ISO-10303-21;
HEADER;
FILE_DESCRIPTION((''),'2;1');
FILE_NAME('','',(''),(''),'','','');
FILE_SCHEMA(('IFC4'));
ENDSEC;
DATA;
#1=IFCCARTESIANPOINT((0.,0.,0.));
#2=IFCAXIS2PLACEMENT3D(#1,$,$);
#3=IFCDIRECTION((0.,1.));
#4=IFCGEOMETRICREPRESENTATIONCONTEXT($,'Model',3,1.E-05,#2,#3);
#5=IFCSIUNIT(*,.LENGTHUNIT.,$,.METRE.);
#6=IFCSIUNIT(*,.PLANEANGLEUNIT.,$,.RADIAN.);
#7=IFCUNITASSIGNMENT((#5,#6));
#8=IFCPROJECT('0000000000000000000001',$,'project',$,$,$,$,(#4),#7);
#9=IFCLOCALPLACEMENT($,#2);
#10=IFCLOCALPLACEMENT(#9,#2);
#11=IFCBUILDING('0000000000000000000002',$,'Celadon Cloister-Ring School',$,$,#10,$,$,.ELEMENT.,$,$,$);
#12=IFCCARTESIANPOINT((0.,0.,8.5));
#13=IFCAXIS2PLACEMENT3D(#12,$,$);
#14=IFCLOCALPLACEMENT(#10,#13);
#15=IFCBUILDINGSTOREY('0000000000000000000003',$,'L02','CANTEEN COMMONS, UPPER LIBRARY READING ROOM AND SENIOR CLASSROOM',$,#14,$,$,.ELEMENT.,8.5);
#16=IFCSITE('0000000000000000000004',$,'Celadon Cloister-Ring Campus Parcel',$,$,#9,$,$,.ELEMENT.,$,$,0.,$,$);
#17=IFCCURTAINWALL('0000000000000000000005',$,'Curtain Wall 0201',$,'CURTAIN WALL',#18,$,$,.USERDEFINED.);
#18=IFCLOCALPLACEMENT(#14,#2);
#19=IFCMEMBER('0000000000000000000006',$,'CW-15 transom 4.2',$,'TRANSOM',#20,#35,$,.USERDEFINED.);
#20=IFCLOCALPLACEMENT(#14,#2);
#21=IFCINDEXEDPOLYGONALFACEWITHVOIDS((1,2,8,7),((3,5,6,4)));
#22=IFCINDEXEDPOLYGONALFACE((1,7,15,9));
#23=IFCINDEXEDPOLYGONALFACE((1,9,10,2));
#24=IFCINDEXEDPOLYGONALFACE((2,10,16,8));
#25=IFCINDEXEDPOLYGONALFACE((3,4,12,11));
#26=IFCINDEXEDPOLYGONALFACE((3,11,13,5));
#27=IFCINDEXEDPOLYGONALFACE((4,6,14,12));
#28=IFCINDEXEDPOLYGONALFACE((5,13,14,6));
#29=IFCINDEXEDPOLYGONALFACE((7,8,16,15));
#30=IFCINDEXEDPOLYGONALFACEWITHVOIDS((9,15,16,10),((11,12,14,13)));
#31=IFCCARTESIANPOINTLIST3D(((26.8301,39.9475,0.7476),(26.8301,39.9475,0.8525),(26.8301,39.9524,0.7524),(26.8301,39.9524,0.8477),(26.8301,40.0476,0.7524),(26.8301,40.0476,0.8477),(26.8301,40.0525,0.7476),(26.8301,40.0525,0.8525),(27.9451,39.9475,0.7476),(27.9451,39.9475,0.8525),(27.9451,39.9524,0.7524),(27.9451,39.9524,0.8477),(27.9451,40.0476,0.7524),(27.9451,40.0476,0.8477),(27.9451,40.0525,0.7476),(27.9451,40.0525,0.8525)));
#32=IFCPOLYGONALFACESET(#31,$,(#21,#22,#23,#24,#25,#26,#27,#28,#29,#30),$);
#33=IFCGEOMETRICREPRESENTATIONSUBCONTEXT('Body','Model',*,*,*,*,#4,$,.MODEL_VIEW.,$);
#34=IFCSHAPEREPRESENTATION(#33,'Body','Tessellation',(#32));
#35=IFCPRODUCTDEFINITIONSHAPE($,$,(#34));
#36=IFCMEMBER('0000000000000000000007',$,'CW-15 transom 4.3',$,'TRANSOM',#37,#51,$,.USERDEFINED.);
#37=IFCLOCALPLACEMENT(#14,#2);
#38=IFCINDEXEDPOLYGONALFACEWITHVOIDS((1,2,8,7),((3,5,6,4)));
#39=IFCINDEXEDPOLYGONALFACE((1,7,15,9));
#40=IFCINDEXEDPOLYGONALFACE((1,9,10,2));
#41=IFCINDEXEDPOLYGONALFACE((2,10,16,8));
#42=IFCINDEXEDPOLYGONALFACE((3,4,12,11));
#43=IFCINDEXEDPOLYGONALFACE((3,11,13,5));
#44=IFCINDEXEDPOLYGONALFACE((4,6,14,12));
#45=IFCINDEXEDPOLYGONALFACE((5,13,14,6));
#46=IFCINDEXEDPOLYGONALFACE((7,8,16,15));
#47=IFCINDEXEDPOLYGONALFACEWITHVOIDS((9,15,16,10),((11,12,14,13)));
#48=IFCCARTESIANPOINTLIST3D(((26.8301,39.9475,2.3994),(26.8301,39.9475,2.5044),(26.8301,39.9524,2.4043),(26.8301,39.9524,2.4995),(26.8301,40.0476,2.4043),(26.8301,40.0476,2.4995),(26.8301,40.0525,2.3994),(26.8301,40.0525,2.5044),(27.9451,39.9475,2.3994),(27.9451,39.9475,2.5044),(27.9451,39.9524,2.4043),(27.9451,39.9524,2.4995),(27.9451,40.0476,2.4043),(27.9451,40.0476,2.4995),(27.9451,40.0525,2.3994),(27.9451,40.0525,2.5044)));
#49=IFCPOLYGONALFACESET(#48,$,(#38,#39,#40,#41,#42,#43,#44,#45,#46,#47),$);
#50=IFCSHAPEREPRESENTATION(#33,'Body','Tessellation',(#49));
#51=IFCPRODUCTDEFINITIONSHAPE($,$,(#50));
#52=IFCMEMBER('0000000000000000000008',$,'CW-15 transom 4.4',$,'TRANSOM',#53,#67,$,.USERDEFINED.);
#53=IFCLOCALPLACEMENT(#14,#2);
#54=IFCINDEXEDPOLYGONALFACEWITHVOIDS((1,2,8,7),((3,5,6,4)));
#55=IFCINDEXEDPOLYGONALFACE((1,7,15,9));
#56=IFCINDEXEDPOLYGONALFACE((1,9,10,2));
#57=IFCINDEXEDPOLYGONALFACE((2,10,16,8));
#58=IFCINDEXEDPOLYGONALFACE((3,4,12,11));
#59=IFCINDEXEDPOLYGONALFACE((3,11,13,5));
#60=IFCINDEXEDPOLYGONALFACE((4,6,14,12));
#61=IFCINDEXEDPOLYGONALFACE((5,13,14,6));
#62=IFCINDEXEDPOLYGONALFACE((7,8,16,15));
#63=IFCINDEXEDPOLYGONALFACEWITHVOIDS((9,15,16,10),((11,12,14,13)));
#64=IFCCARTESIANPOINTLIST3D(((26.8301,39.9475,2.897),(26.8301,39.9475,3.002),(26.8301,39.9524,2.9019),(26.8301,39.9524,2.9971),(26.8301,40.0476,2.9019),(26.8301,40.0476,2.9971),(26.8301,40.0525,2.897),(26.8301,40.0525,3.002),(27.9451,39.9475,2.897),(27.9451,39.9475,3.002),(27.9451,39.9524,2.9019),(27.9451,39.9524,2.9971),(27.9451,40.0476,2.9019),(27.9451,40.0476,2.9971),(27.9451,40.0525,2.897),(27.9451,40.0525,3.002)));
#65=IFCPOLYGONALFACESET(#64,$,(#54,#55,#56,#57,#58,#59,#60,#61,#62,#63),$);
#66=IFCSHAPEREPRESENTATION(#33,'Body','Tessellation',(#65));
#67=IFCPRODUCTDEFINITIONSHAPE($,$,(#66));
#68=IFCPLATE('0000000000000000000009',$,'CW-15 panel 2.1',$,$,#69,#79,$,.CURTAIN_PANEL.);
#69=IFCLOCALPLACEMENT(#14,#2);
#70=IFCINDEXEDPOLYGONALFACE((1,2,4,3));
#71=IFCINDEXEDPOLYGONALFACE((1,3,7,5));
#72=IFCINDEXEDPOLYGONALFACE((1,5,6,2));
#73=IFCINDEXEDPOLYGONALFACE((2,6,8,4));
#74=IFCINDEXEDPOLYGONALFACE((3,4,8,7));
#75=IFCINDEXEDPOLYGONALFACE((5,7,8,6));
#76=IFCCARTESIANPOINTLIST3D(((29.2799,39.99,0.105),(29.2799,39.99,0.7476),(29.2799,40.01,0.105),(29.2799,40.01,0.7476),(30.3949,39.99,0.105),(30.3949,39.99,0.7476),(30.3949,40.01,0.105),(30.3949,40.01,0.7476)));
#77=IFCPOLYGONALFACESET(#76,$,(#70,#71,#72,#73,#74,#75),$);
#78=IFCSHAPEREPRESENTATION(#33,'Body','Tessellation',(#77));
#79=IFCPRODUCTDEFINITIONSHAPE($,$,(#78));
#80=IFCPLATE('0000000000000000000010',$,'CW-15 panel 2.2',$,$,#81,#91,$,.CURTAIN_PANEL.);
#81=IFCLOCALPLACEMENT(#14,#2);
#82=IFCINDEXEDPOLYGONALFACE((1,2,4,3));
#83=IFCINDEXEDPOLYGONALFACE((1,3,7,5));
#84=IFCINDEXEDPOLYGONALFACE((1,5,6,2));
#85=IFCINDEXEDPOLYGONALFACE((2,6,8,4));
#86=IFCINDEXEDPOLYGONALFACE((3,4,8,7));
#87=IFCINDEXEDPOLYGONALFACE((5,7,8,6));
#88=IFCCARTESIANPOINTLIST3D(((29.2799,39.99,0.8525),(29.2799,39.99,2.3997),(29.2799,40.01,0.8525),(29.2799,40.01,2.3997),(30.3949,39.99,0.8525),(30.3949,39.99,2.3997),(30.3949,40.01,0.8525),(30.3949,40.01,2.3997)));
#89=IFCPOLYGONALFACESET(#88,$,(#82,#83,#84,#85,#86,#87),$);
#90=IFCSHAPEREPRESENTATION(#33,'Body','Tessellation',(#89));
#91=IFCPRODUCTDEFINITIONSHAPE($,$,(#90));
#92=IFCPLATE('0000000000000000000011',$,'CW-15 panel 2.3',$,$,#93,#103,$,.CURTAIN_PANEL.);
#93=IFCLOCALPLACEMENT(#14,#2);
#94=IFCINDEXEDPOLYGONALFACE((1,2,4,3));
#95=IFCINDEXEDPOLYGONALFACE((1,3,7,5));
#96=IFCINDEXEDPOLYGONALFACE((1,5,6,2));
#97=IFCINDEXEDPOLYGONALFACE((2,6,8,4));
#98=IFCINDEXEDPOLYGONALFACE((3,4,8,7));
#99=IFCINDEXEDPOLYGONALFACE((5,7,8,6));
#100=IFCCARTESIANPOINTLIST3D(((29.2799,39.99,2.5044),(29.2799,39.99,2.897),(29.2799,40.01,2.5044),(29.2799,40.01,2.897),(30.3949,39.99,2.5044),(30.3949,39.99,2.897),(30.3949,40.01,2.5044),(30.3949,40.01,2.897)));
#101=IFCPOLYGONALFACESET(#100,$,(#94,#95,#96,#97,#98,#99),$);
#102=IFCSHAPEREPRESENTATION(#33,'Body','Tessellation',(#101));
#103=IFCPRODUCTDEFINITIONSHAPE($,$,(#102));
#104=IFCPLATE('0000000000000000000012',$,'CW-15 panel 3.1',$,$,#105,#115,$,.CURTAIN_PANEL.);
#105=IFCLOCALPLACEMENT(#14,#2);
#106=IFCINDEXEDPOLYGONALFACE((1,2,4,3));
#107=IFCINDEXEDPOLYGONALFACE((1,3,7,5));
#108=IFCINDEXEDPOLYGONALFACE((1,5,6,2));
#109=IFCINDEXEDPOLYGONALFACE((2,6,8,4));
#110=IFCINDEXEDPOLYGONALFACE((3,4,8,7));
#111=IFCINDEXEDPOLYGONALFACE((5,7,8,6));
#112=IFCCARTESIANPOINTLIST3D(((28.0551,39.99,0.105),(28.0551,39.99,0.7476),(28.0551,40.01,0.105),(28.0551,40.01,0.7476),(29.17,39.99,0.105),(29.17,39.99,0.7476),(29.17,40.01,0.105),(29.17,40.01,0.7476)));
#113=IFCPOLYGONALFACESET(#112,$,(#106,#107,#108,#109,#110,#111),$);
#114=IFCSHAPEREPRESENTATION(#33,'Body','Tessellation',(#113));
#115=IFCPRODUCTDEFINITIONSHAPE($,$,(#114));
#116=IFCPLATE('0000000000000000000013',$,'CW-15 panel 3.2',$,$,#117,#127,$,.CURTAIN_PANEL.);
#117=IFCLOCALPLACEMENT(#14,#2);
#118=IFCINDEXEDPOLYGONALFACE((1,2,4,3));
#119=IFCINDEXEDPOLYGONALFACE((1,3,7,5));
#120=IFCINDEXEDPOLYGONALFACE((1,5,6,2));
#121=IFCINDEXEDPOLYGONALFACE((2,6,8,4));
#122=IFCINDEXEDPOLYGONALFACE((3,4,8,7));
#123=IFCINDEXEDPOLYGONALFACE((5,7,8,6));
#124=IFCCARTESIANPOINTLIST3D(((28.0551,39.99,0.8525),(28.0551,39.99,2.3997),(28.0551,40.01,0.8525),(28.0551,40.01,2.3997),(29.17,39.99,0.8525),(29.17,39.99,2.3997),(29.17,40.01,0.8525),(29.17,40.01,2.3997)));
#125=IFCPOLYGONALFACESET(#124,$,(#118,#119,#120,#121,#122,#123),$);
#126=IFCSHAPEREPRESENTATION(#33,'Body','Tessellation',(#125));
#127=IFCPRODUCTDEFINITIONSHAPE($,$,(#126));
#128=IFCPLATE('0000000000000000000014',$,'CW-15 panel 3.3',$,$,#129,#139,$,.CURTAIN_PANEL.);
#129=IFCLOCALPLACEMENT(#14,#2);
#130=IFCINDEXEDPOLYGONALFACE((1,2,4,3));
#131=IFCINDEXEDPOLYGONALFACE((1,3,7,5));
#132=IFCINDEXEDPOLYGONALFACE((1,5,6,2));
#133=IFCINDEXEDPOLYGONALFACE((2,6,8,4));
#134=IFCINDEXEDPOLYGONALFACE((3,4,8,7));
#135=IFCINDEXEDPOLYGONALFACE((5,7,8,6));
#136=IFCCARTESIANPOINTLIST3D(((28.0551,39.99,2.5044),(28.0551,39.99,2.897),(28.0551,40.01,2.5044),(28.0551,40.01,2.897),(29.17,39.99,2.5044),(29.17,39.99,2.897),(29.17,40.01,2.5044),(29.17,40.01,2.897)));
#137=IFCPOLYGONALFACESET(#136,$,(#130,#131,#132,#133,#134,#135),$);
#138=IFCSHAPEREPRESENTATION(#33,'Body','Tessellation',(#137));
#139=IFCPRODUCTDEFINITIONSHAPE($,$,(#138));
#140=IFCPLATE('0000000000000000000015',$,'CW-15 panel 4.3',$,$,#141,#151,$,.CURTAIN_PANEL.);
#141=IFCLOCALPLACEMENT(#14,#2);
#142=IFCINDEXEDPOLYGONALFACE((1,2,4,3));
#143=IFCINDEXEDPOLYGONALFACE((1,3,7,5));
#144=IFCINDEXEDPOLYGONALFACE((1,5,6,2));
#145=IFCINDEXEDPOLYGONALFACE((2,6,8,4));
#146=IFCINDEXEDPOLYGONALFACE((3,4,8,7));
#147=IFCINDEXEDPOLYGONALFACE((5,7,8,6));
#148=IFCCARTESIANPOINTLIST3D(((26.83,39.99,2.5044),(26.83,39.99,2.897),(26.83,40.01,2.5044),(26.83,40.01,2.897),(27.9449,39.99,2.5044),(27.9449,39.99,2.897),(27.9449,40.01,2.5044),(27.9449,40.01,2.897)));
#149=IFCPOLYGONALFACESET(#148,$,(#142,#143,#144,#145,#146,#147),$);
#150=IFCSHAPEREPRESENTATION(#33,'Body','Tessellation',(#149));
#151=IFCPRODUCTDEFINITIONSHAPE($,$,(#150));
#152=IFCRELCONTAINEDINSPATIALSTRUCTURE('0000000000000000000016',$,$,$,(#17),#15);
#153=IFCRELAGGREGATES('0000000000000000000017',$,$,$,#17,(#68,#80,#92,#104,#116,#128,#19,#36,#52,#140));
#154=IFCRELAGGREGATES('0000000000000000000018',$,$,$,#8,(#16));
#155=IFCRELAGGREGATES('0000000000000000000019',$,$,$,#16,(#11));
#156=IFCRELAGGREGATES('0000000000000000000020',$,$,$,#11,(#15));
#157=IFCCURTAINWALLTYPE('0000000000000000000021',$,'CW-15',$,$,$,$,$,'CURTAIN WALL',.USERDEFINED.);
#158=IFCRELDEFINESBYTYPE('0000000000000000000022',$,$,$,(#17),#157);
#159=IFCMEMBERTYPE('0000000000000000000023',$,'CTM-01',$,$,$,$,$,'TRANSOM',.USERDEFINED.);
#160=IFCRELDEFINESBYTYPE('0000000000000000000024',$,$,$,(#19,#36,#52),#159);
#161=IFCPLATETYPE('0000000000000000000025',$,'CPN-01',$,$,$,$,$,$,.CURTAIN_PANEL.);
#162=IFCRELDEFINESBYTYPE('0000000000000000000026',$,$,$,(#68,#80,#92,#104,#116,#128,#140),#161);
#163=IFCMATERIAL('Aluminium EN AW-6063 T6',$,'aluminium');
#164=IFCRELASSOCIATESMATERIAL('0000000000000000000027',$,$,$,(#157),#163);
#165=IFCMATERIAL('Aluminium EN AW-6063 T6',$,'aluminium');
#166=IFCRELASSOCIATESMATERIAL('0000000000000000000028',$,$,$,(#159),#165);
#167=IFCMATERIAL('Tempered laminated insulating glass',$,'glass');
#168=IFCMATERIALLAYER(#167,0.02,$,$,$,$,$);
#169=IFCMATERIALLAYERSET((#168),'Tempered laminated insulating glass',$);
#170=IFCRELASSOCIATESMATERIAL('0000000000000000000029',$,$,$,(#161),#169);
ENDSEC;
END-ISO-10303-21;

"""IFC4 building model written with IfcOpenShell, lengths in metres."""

from ifc_helpers import new_model, si_unit, direction, frame, origin, origin_2d, place, context, subcontext, project, spatial, rectangle, hollow_rectangle, extrude, material, layer, layer_set, material_profile, profile_set, type_object, element, aggregate, save


model = new_model("IFC4")

# Units and contexts
model_context = context("Model", 3, precision=1e-05, world=origin(), true_north=direction((0.0, 1.0)))
body_context = subcontext(model_context, "Body", "Model", "MODEL_VIEW")
ifc_project = project(units=[si_unit("LENGTHUNIT", "METRE"), si_unit("PLANEANGLEUNIT", "RADIAN")], contexts=[model_context])

# Site, building, storey
site_placement = place(None, origin())
site = spatial("IfcSite", under=ifc_project, at=site_placement, Name="Celadon Cloister-Ring Campus Parcel", CompositionType="ELEMENT", RefElevation=0.0)
building_placement = place(site_placement, origin())
building = spatial("IfcBuilding", under=site, at=building_placement, Name="Celadon Cloister-Ring School", CompositionType="ELEMENT")
storey_placement = place(building_placement, frame((0.0, 0.0, 8.5)))
storey = spatial("IfcBuildingStorey", under=building, at=storey_placement, Name="L02", Description="CANTEEN COMMONS, UPPER LIBRARY READING ROOM AND SENIOR CLASSROOM", CompositionType="ELEMENT", Elevation=8.5)

# Curtain wall, members, plates
ifc_material_1 = material(Name="Aluminium EN AW-6063 T6", Category="aluminium")
curtain_wall_type = type_object("IfcCurtainWallType", Name="CW-15", ElementType="CURTAIN WALL", PredefinedType="USERDEFINED", material=ifc_material_1)
curtain_wall_placement = place(storey_placement, origin())
curtain_wall = element("IfcCurtainWall", 1, at=curtain_wall_placement, inside=storey, type_object=curtain_wall_type, Name="Curtain Wall 0201", ObjectType="CURTAIN WALL", PredefinedType="USERDEFINED")
ifc_material_2 = material(Name="Aluminium EN AW-6063 T6", Category="aluminium")
ifc_material_profile_1 = material_profile(ifc_material_2, hollow_rectangle(XDim=0.105, YDim=0.105, WallThickness=0.0049, at=origin_2d()), Name="RHS105X105X5")
ifc_profile_set_1 = profile_set([ifc_material_profile_1], Name="Aluminium EN AW-6063 T6")
member_type_1 = type_object("IfcMemberType", Name="CTM-01", ElementType="TRANSOM", PredefinedType="USERDEFINED", material=ifc_profile_set_1)
member_1_placement = place(storey_placement, frame((27.9451, 40.0, 0.8), z_axis=(-1.0, 0.0, 0.0), x_axis=(0.0, -1.0, 0.0)))
member_1 = element("IfcMember", 2, at=member_1_placement, type_object=member_type_1, Name="CW-15 transom 4.2", ObjectType="TRANSOM", PredefinedType="USERDEFINED", context=body_context, shape_type="SweptSolid", body=[
    extrude(hollow_rectangle(XDim=0.105, YDim=0.105, WallThickness=0.0049, at=origin_2d()), origin(), (0.0, 0.0, 1.0), 1.115),
])
member_2_placement = place(storey_placement, frame((27.9451, 40.0, 2.4519), z_axis=(-1.0, 0.0, 0.0), x_axis=(0.0, -1.0, 0.0)))
member_2 = element("IfcMember", 3, at=member_2_placement, type_object=member_type_1, Name="CW-15 transom 4.3", ObjectType="TRANSOM", PredefinedType="USERDEFINED", context=body_context, shape_type="SweptSolid", body=[
    extrude(hollow_rectangle(XDim=0.105, YDim=0.105, WallThickness=0.0049, at=origin_2d()), origin(), (0.0, 0.0, 1.0), 1.115),
])
member_3_placement = place(storey_placement, frame((27.9451, 40.0, 2.9495), z_axis=(-1.0, 0.0, 0.0), x_axis=(0.0, -1.0, 0.0)))
member_3 = element("IfcMember", 4, at=member_3_placement, type_object=member_type_1, Name="CW-15 transom 4.4", ObjectType="TRANSOM", PredefinedType="USERDEFINED", context=body_context, shape_type="SweptSolid", body=[
    extrude(hollow_rectangle(XDim=0.105, YDim=0.105, WallThickness=0.0049, at=origin_2d()), origin(), (0.0, 0.0, 1.0), 1.115),
])
ifc_material_3 = material(Name="Tempered laminated insulating glass", Category="glass")
ifc_layer = layer(ifc_material_3, 0.02)
ifc_layer_set = layer_set([ifc_layer], Name="Tempered laminated insulating glass")
plate_type = type_object("IfcPlateType", Name="CPN-01", PredefinedType="CURTAIN_PANEL", material=ifc_layer_set)
plate_1_placement = place(storey_placement, frame((29.8374, 40.0, 0.105), z_axis=(0.0, 0.0, 1.0), x_axis=(-1.0, 0.0, 0.0)))
plate_1 = element("IfcPlate", 5, at=plate_1_placement, type_object=plate_type, Name="CW-15 panel 2.1", PredefinedType="CURTAIN_PANEL", context=body_context, shape_type="SweptSolid", body=[
    extrude(rectangle(XDim=1.115, YDim=0.02, at=origin_2d()), origin(), (0.0, 0.0, 1.0), 0.6426),
])
plate_2_placement = place(storey_placement, frame((29.8374, 40.0, 0.8525), z_axis=(0.0, 0.0, 1.0), x_axis=(-1.0, 0.0, 0.0)))
plate_2 = element("IfcPlate", 6, at=plate_2_placement, type_object=plate_type, Name="CW-15 panel 2.2", PredefinedType="CURTAIN_PANEL", context=body_context, shape_type="SweptSolid", body=[
    extrude(rectangle(XDim=1.115, YDim=0.02, at=origin_2d()), origin(), (0.0, 0.0, 1.0), 1.5471),
])
plate_3_placement = place(storey_placement, frame((29.8374, 40.0, 2.5044), z_axis=(0.0, 0.0, 1.0), x_axis=(-1.0, 0.0, 0.0)))
plate_3 = element("IfcPlate", 7, at=plate_3_placement, type_object=plate_type, Name="CW-15 panel 2.3", PredefinedType="CURTAIN_PANEL", context=body_context, shape_type="SweptSolid", body=[
    extrude(rectangle(XDim=1.115, YDim=0.02, at=origin_2d()), origin(), (0.0, 0.0, 1.0), 0.3926),
])
plate_4_placement = place(storey_placement, frame((28.6125, 40.0, 0.105), z_axis=(0.0, 0.0, 1.0), x_axis=(-1.0, 0.0, 0.0)))
plate_4 = element("IfcPlate", 8, at=plate_4_placement, type_object=plate_type, Name="CW-15 panel 3.1", PredefinedType="CURTAIN_PANEL", context=body_context, shape_type="SweptSolid", body=[
    extrude(rectangle(XDim=1.115, YDim=0.02, at=origin_2d()), origin(), (0.0, 0.0, 1.0), 0.6426),
])
plate_5_placement = place(storey_placement, frame((28.6125, 40.0, 0.8525), z_axis=(0.0, 0.0, 1.0), x_axis=(-1.0, 0.0, 0.0)))
plate_5 = element("IfcPlate", 9, at=plate_5_placement, type_object=plate_type, Name="CW-15 panel 3.2", PredefinedType="CURTAIN_PANEL", context=body_context, shape_type="SweptSolid", body=[
    extrude(rectangle(XDim=1.115, YDim=0.02, at=origin_2d()), origin(), (0.0, 0.0, 1.0), 1.5471),
])
plate_6_placement = place(storey_placement, frame((28.6125, 40.0, 2.5044), z_axis=(0.0, 0.0, 1.0), x_axis=(-1.0, 0.0, 0.0)))
plate_6 = element("IfcPlate", 10, at=plate_6_placement, type_object=plate_type, Name="CW-15 panel 3.3", PredefinedType="CURTAIN_PANEL", context=body_context, shape_type="SweptSolid", body=[
    extrude(rectangle(XDim=1.115, YDim=0.02, at=origin_2d()), origin(), (0.0, 0.0, 1.0), 0.3926),
])
plate_7_placement = place(storey_placement, frame((27.3875, 40.0, 2.5044), z_axis=(0.0, 0.0, 1.0), x_axis=(-1.0, 0.0, 0.0)))
plate_7 = element("IfcPlate", 11, at=plate_7_placement, type_object=plate_type, Name="CW-15 panel 4.3", PredefinedType="CURTAIN_PANEL", context=body_context, shape_type="SweptSolid", body=[
    extrude(rectangle(XDim=1.115, YDim=0.02, at=origin_2d()), origin(), (0.0, 0.0, 1.0), 0.3926),
])
aggregate(curtain_wall, [plate_1, plate_2, plate_3, plate_4, plate_5, plate_6, member_1, member_2, member_3, plate_7])

save(model, "model.ifc")
